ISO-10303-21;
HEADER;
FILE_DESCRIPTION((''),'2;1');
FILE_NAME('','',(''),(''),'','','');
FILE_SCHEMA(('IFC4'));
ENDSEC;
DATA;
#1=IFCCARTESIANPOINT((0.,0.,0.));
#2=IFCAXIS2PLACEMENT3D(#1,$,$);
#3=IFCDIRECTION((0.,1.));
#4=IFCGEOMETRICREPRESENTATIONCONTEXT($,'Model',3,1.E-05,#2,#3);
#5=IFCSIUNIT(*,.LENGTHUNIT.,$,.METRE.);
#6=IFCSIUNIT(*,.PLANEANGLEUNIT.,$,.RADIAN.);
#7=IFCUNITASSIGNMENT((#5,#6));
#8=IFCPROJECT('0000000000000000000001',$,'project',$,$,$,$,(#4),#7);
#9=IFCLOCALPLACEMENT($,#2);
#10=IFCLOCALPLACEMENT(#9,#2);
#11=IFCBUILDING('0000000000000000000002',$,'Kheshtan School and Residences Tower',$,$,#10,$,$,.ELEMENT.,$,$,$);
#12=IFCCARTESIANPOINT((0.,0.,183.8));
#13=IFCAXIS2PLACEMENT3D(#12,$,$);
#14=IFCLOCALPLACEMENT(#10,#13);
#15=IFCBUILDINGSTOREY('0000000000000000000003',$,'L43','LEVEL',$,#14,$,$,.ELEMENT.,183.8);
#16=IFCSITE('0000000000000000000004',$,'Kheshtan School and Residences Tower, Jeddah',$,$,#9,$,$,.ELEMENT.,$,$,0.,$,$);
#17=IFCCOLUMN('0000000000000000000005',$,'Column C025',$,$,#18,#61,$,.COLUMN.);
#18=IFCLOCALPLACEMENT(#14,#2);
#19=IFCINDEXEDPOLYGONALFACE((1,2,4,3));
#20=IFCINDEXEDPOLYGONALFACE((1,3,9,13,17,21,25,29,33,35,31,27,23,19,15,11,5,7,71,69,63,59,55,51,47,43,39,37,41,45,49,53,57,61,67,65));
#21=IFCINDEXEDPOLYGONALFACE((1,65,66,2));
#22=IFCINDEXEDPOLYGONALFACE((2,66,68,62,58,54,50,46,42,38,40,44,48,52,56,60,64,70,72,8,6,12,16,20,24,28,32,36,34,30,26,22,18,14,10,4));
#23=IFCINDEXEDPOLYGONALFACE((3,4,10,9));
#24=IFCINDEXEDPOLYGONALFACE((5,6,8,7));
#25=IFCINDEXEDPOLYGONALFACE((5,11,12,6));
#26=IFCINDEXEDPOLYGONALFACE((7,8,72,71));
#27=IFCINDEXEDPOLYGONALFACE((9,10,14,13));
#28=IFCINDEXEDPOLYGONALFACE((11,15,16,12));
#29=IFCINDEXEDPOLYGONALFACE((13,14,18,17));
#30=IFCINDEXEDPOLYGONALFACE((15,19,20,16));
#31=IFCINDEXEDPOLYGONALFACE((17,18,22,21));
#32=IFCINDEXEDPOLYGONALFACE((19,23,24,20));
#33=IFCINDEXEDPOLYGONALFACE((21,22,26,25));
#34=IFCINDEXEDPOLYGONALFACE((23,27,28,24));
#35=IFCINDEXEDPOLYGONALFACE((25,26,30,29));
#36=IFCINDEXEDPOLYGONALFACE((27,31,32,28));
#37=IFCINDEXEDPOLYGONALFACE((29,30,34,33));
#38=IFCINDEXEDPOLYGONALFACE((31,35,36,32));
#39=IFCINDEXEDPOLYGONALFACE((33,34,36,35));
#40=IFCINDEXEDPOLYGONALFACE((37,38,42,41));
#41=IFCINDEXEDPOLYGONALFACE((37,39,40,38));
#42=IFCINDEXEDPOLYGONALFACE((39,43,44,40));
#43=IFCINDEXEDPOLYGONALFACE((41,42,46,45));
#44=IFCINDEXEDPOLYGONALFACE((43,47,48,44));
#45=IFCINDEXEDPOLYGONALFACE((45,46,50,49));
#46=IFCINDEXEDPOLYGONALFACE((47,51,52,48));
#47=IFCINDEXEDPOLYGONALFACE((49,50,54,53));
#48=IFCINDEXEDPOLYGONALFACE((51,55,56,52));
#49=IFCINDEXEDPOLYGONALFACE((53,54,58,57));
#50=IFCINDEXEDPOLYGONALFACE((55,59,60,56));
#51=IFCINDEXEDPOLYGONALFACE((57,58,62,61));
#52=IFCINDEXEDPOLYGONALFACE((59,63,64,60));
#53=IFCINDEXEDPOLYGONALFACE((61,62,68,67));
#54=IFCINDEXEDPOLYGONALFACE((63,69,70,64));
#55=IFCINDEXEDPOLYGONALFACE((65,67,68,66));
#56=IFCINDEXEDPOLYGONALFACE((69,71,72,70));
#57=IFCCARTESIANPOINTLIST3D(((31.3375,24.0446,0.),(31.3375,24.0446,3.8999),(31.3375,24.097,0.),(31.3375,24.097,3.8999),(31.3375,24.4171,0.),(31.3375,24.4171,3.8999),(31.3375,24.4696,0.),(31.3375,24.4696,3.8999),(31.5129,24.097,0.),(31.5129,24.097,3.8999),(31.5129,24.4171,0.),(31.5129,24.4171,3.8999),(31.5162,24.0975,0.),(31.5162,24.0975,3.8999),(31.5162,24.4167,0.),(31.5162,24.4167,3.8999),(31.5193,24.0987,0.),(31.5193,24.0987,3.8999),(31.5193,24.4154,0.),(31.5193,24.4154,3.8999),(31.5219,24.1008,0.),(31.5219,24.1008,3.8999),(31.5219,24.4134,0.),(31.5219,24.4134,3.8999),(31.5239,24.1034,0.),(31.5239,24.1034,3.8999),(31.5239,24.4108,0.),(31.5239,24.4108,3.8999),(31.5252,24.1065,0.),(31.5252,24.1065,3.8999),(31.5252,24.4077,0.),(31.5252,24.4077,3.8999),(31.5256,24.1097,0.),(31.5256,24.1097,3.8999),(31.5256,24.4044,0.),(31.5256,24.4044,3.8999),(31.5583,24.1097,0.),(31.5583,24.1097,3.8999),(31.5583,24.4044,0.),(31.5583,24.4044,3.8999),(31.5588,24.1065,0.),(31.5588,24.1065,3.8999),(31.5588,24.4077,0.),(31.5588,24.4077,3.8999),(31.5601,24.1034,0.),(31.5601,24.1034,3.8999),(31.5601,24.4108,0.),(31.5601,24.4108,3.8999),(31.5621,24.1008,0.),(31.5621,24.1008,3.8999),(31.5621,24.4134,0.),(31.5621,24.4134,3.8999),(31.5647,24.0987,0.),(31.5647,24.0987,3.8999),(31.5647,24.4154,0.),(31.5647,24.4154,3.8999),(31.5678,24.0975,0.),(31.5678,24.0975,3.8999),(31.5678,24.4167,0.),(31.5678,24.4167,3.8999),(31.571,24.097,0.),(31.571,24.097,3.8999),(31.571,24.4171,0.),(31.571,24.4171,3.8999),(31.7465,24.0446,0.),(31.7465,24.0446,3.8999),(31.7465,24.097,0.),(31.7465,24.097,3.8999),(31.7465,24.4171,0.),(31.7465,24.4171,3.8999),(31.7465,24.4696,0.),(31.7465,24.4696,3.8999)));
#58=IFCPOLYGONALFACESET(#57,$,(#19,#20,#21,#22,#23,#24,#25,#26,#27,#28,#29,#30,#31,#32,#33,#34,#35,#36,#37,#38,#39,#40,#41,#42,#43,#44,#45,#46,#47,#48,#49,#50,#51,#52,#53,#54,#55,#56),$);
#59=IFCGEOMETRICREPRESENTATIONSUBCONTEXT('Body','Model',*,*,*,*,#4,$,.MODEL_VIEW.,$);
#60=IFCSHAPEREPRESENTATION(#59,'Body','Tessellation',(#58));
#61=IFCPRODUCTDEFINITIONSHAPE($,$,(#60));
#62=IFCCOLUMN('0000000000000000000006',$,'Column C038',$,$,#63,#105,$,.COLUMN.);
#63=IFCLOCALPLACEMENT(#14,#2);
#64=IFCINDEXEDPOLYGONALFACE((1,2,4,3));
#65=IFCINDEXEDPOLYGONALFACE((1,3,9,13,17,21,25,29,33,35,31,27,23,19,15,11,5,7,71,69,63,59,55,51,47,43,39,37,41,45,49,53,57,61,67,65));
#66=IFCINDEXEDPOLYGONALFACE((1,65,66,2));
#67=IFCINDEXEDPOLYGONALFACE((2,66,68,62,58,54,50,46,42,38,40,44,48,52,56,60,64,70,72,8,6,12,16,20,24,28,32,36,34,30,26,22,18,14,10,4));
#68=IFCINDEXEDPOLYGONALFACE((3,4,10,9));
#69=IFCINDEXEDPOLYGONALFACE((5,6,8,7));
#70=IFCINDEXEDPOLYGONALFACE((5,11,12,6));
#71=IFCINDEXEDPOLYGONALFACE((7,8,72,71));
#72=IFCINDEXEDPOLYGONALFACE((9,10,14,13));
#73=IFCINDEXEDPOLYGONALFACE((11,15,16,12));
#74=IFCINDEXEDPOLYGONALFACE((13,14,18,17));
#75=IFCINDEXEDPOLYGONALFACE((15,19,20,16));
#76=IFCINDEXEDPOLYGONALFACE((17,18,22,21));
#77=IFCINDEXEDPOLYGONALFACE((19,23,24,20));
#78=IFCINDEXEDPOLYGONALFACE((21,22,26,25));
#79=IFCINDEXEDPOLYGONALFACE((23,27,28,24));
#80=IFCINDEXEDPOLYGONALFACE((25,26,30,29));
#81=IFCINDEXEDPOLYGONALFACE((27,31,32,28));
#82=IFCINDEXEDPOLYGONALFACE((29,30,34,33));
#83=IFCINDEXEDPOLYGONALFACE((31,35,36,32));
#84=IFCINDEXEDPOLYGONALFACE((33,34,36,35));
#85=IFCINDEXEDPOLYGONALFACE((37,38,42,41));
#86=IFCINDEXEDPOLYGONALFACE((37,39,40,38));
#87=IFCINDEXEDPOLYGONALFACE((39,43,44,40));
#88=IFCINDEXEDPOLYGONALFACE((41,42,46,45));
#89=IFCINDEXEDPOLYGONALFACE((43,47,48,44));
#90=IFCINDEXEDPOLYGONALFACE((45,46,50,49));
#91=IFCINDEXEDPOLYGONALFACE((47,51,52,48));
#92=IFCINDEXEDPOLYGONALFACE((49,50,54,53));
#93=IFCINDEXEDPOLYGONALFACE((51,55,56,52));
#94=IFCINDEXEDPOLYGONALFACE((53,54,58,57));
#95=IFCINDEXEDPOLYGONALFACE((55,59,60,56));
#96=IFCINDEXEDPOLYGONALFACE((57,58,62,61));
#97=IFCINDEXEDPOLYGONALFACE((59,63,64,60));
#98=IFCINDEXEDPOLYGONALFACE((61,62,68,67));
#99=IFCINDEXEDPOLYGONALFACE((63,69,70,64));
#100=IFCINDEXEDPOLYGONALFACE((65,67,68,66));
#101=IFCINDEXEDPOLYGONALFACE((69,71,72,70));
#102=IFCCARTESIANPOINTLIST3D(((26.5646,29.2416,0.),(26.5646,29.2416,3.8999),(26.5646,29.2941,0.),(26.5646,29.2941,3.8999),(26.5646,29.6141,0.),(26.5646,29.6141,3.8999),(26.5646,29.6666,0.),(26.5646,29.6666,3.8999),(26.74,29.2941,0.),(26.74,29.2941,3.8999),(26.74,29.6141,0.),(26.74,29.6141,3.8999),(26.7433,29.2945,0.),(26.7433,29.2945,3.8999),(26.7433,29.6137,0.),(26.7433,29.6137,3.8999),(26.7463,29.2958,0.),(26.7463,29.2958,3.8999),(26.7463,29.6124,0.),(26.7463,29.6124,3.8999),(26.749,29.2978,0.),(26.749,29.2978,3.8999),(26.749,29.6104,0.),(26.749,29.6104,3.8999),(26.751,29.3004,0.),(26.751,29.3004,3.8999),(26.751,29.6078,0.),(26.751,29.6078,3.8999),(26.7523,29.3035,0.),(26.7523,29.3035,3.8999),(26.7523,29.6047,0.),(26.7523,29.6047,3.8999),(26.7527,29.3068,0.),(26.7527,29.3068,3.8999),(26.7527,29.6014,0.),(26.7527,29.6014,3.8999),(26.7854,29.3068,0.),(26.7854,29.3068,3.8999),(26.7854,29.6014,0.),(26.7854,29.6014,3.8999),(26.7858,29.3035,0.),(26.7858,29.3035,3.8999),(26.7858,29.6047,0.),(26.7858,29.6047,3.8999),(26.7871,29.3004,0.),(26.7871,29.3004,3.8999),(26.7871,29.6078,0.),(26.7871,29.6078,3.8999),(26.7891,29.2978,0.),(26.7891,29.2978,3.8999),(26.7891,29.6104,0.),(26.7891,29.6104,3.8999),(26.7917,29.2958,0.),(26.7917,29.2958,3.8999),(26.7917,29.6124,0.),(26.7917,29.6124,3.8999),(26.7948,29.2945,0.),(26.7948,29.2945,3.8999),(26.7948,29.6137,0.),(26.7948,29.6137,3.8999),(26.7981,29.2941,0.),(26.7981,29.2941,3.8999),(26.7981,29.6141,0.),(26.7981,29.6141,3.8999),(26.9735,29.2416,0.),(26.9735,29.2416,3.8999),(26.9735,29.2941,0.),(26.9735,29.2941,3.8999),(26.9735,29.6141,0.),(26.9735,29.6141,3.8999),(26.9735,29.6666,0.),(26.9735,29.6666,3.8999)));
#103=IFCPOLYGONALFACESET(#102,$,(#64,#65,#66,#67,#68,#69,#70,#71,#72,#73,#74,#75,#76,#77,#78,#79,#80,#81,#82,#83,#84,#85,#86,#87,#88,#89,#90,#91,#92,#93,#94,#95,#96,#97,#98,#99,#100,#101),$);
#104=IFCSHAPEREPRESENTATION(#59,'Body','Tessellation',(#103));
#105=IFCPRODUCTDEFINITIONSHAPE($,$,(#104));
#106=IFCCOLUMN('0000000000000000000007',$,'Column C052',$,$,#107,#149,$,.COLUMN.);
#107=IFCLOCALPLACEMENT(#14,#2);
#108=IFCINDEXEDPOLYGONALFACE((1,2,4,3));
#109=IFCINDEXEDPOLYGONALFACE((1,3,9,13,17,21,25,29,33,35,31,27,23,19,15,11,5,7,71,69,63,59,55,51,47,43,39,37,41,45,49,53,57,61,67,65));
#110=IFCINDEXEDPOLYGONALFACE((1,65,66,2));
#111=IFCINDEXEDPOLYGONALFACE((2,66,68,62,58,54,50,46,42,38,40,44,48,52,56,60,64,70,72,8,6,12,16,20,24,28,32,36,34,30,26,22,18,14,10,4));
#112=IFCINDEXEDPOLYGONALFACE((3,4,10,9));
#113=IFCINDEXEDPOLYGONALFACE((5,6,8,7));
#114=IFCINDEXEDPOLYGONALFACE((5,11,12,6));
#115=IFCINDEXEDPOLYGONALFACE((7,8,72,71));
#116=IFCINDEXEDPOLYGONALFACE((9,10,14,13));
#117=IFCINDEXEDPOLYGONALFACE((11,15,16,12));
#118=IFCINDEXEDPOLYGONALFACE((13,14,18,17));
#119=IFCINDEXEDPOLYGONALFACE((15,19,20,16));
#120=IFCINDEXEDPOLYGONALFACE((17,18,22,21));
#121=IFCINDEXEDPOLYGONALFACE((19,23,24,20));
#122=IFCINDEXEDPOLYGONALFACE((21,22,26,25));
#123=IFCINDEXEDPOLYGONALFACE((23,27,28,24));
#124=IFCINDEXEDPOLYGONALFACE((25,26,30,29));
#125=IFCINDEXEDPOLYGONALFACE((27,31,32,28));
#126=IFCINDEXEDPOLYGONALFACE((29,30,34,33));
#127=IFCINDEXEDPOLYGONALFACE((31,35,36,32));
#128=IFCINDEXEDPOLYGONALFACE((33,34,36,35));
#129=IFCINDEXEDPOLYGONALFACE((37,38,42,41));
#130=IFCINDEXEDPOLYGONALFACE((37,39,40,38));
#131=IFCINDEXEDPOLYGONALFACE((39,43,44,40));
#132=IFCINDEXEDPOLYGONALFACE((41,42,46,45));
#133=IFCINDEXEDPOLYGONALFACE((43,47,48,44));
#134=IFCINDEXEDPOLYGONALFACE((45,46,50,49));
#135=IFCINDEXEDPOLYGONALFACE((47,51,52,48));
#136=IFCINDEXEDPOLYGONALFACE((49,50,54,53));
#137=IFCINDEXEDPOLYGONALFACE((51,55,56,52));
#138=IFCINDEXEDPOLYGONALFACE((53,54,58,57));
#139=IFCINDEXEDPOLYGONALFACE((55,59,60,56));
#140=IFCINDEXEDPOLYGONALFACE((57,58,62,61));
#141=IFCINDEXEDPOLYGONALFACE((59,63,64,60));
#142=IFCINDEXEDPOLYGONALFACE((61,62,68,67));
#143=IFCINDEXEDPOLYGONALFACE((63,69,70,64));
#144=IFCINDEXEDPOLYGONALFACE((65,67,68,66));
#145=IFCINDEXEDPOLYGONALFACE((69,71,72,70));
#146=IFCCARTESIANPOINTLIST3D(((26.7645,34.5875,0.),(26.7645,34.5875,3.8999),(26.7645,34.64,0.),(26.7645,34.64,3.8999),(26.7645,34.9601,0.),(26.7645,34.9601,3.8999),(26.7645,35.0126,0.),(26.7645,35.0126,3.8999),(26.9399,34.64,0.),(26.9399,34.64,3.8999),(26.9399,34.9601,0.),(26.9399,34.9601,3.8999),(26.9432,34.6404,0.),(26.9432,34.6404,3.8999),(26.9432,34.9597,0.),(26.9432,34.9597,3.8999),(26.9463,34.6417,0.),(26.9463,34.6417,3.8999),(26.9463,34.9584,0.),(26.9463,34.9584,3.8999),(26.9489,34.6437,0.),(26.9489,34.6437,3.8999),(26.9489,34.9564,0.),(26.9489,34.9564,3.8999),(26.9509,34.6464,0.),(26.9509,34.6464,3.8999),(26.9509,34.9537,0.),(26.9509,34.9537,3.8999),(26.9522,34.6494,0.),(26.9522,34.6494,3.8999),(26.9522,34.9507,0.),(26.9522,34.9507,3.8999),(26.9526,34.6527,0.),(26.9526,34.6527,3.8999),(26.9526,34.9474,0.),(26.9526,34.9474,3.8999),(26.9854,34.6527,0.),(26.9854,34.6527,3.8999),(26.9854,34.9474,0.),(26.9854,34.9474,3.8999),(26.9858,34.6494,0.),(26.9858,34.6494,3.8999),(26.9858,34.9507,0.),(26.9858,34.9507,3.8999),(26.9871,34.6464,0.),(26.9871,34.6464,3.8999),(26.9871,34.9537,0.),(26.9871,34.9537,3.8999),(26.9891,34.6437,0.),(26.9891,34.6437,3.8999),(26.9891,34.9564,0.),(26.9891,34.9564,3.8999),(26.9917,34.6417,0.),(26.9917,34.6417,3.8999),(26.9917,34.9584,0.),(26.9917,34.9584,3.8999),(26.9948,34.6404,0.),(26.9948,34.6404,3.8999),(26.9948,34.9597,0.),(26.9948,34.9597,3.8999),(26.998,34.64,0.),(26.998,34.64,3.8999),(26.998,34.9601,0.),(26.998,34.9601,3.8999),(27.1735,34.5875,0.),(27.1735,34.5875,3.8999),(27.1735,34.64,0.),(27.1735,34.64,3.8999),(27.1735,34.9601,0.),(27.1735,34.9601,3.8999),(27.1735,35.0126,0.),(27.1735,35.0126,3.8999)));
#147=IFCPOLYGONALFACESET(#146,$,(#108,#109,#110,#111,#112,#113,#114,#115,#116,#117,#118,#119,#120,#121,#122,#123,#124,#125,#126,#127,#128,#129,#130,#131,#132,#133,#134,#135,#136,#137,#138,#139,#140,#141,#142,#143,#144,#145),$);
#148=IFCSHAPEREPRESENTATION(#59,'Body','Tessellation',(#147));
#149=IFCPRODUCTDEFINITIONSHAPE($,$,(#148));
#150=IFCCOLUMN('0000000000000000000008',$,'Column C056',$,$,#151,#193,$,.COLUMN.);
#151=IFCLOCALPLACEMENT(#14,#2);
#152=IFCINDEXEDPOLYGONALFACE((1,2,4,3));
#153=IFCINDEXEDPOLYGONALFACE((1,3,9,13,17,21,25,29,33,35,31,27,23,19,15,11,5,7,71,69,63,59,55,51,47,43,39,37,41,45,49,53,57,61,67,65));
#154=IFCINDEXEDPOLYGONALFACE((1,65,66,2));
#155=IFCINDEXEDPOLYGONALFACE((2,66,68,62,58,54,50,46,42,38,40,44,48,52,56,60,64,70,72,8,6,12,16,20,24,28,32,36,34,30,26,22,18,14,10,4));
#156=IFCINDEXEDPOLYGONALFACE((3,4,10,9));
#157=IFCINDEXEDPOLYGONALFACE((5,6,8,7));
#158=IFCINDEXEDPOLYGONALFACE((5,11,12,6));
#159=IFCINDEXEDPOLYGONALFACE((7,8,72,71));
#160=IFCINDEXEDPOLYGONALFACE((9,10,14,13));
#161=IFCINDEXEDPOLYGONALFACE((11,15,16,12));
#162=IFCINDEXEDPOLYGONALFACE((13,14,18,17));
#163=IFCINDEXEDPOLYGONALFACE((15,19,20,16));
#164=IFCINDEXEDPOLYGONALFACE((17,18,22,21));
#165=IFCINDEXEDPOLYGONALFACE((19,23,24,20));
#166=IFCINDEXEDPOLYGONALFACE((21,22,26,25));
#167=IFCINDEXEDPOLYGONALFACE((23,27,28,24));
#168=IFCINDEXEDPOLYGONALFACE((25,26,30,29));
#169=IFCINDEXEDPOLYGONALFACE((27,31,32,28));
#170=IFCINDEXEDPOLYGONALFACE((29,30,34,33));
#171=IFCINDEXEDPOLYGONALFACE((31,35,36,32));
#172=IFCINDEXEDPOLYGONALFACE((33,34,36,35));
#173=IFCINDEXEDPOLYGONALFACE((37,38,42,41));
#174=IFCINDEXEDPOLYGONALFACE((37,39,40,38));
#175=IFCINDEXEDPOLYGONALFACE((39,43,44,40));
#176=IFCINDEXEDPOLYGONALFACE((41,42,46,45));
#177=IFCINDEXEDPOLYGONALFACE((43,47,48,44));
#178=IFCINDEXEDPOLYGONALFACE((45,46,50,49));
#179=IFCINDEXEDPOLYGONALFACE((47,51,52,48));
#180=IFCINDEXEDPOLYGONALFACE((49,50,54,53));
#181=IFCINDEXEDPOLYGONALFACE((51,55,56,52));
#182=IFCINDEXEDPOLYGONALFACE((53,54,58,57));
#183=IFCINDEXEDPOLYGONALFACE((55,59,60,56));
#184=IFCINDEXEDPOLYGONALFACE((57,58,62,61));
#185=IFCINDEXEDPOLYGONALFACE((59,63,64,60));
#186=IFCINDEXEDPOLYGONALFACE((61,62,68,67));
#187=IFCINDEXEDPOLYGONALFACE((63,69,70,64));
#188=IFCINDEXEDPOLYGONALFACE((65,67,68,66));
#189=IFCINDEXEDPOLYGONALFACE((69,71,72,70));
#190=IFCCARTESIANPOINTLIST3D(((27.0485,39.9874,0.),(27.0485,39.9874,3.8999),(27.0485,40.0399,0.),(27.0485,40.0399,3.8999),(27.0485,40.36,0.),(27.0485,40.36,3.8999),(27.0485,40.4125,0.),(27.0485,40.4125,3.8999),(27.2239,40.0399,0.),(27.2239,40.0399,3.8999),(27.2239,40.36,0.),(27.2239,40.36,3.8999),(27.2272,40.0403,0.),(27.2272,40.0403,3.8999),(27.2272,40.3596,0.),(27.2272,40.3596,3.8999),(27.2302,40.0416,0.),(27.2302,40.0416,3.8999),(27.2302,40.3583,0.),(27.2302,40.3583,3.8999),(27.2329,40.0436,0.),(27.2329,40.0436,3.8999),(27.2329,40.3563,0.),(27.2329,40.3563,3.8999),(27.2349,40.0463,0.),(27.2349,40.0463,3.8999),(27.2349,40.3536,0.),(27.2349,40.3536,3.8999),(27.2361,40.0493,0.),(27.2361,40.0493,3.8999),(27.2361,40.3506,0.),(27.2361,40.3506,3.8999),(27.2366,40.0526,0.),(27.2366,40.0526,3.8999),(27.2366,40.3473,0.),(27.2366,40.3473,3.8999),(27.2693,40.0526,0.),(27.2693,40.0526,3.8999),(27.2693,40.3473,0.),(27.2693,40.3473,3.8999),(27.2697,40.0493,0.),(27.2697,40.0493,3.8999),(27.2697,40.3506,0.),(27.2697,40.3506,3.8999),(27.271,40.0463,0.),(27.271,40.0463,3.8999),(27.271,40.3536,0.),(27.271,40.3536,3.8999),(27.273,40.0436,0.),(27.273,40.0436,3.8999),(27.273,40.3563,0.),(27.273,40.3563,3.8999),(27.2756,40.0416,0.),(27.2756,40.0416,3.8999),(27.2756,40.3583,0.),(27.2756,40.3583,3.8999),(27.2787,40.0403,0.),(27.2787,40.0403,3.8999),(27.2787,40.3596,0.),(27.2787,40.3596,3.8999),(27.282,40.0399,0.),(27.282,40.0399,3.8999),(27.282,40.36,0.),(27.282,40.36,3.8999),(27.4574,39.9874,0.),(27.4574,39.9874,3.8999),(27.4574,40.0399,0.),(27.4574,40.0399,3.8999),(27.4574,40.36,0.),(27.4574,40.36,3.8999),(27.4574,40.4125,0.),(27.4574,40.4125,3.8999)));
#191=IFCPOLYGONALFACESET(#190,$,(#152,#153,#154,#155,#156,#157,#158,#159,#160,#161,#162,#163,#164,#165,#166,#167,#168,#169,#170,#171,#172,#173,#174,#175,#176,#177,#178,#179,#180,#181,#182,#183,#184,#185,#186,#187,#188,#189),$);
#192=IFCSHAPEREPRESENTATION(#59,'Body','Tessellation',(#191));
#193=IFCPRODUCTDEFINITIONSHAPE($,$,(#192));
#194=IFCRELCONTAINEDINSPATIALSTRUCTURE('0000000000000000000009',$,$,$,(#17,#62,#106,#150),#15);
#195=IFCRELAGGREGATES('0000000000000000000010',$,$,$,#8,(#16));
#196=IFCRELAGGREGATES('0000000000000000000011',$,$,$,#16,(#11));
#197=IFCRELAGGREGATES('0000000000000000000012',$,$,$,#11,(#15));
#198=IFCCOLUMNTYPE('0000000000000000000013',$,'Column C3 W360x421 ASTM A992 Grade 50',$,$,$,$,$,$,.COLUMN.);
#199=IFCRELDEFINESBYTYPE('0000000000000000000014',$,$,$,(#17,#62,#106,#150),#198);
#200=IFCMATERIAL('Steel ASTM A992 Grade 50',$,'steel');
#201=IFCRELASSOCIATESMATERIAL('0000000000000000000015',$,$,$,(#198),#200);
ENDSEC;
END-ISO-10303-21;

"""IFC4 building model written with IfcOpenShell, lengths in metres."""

from ifc_helpers import new_model, si_unit, direction, frame, origin, origin_2d, place, context, subcontext, project, spatial, i_section, extrude, material, material_profile, profile_set, type_object, element, save


model = new_model("IFC4")

# Units and contexts
model_context = context("Model", 3, precision=1e-05, world=origin(), true_north=direction((0.0, 1.0)))
body_context = subcontext(model_context, "Body", "Model", "MODEL_VIEW")
ifc_project = project(units=[si_unit("LENGTHUNIT", "METRE"), si_unit("PLANEANGLEUNIT", "RADIAN")], contexts=[model_context])

# Site, building, storey
site_placement = place(None, origin())
site = spatial("IfcSite", under=ifc_project, at=site_placement, Name="Kheshtan School and Residences Tower, Jeddah", CompositionType="ELEMENT", RefElevation=0.0)
building_placement = place(site_placement, origin())
building = spatial("IfcBuilding", under=site, at=building_placement, Name="Kheshtan School and Residences Tower", CompositionType="ELEMENT")
storey_placement = place(building_placement, frame((0.0, 0.0, 183.8)))
storey = spatial("IfcBuildingStorey", under=building, at=storey_placement, Name="L43", Description="LEVEL", CompositionType="ELEMENT", Elevation=183.8)

# Columns
ifc_material_1 = material(Name="Steel ASTM A992 Grade 50", Category="steel")
ifc_material_profile_1 = material_profile(ifc_material_1, i_section(OverallWidth=0.4089, OverallDepth=0.425, WebThickness=0.0327, FlangeThickness=0.0525, FilletRadius=0.0127, at=origin_2d()), Name="W360x421")
ifc_profile_set_1 = profile_set([ifc_material_profile_1], Name="Steel ASTM A992 Grade 50")
column_type = type_object("IfcColumnType", Name="Column C3 W360x421 ASTM A992 Grade 50", PredefinedType="COLUMN", material=ifc_profile_set_1)
for number, where, z_axis, x_axis, name in (
    (1, (31.542, 24.2571, 0.0), (0.0, 0.0, 1.0), (1.0, 0.0, 0.0), "Column C025"),
    (2, (26.769, 29.4541, 0.0), (0.0, 0.0, 1.0), (1.0, 0.0, 0.0), "Column C038"),
    (3, (26.969, 34.8, 0.0), (0.0, 0.0, 1.0), (1.0, 0.0, 0.0), "Column C052"),
    (4, (27.2529, 40.2, 0.0), (0.0, 0.0, 1.0), (1.0, 0.0, 0.0), "Column C056"),
):
    element("IfcColumn", number, at=place(storey_placement, frame(where, z_axis=z_axis, x_axis=x_axis)), inside=storey, type_object=column_type, Name=name, PredefinedType="COLUMN", context=body_context, shape_type="SweptSolid", body=[
        extrude(i_section(OverallWidth=0.4089, OverallDepth=0.425, WebThickness=0.0327, FlangeThickness=0.0525, FilletRadius=0.0127, at=origin_2d()), origin(), (0.0, 0.0, 1.0), 3.8999),
    ])

save(model, "model.ifc")
